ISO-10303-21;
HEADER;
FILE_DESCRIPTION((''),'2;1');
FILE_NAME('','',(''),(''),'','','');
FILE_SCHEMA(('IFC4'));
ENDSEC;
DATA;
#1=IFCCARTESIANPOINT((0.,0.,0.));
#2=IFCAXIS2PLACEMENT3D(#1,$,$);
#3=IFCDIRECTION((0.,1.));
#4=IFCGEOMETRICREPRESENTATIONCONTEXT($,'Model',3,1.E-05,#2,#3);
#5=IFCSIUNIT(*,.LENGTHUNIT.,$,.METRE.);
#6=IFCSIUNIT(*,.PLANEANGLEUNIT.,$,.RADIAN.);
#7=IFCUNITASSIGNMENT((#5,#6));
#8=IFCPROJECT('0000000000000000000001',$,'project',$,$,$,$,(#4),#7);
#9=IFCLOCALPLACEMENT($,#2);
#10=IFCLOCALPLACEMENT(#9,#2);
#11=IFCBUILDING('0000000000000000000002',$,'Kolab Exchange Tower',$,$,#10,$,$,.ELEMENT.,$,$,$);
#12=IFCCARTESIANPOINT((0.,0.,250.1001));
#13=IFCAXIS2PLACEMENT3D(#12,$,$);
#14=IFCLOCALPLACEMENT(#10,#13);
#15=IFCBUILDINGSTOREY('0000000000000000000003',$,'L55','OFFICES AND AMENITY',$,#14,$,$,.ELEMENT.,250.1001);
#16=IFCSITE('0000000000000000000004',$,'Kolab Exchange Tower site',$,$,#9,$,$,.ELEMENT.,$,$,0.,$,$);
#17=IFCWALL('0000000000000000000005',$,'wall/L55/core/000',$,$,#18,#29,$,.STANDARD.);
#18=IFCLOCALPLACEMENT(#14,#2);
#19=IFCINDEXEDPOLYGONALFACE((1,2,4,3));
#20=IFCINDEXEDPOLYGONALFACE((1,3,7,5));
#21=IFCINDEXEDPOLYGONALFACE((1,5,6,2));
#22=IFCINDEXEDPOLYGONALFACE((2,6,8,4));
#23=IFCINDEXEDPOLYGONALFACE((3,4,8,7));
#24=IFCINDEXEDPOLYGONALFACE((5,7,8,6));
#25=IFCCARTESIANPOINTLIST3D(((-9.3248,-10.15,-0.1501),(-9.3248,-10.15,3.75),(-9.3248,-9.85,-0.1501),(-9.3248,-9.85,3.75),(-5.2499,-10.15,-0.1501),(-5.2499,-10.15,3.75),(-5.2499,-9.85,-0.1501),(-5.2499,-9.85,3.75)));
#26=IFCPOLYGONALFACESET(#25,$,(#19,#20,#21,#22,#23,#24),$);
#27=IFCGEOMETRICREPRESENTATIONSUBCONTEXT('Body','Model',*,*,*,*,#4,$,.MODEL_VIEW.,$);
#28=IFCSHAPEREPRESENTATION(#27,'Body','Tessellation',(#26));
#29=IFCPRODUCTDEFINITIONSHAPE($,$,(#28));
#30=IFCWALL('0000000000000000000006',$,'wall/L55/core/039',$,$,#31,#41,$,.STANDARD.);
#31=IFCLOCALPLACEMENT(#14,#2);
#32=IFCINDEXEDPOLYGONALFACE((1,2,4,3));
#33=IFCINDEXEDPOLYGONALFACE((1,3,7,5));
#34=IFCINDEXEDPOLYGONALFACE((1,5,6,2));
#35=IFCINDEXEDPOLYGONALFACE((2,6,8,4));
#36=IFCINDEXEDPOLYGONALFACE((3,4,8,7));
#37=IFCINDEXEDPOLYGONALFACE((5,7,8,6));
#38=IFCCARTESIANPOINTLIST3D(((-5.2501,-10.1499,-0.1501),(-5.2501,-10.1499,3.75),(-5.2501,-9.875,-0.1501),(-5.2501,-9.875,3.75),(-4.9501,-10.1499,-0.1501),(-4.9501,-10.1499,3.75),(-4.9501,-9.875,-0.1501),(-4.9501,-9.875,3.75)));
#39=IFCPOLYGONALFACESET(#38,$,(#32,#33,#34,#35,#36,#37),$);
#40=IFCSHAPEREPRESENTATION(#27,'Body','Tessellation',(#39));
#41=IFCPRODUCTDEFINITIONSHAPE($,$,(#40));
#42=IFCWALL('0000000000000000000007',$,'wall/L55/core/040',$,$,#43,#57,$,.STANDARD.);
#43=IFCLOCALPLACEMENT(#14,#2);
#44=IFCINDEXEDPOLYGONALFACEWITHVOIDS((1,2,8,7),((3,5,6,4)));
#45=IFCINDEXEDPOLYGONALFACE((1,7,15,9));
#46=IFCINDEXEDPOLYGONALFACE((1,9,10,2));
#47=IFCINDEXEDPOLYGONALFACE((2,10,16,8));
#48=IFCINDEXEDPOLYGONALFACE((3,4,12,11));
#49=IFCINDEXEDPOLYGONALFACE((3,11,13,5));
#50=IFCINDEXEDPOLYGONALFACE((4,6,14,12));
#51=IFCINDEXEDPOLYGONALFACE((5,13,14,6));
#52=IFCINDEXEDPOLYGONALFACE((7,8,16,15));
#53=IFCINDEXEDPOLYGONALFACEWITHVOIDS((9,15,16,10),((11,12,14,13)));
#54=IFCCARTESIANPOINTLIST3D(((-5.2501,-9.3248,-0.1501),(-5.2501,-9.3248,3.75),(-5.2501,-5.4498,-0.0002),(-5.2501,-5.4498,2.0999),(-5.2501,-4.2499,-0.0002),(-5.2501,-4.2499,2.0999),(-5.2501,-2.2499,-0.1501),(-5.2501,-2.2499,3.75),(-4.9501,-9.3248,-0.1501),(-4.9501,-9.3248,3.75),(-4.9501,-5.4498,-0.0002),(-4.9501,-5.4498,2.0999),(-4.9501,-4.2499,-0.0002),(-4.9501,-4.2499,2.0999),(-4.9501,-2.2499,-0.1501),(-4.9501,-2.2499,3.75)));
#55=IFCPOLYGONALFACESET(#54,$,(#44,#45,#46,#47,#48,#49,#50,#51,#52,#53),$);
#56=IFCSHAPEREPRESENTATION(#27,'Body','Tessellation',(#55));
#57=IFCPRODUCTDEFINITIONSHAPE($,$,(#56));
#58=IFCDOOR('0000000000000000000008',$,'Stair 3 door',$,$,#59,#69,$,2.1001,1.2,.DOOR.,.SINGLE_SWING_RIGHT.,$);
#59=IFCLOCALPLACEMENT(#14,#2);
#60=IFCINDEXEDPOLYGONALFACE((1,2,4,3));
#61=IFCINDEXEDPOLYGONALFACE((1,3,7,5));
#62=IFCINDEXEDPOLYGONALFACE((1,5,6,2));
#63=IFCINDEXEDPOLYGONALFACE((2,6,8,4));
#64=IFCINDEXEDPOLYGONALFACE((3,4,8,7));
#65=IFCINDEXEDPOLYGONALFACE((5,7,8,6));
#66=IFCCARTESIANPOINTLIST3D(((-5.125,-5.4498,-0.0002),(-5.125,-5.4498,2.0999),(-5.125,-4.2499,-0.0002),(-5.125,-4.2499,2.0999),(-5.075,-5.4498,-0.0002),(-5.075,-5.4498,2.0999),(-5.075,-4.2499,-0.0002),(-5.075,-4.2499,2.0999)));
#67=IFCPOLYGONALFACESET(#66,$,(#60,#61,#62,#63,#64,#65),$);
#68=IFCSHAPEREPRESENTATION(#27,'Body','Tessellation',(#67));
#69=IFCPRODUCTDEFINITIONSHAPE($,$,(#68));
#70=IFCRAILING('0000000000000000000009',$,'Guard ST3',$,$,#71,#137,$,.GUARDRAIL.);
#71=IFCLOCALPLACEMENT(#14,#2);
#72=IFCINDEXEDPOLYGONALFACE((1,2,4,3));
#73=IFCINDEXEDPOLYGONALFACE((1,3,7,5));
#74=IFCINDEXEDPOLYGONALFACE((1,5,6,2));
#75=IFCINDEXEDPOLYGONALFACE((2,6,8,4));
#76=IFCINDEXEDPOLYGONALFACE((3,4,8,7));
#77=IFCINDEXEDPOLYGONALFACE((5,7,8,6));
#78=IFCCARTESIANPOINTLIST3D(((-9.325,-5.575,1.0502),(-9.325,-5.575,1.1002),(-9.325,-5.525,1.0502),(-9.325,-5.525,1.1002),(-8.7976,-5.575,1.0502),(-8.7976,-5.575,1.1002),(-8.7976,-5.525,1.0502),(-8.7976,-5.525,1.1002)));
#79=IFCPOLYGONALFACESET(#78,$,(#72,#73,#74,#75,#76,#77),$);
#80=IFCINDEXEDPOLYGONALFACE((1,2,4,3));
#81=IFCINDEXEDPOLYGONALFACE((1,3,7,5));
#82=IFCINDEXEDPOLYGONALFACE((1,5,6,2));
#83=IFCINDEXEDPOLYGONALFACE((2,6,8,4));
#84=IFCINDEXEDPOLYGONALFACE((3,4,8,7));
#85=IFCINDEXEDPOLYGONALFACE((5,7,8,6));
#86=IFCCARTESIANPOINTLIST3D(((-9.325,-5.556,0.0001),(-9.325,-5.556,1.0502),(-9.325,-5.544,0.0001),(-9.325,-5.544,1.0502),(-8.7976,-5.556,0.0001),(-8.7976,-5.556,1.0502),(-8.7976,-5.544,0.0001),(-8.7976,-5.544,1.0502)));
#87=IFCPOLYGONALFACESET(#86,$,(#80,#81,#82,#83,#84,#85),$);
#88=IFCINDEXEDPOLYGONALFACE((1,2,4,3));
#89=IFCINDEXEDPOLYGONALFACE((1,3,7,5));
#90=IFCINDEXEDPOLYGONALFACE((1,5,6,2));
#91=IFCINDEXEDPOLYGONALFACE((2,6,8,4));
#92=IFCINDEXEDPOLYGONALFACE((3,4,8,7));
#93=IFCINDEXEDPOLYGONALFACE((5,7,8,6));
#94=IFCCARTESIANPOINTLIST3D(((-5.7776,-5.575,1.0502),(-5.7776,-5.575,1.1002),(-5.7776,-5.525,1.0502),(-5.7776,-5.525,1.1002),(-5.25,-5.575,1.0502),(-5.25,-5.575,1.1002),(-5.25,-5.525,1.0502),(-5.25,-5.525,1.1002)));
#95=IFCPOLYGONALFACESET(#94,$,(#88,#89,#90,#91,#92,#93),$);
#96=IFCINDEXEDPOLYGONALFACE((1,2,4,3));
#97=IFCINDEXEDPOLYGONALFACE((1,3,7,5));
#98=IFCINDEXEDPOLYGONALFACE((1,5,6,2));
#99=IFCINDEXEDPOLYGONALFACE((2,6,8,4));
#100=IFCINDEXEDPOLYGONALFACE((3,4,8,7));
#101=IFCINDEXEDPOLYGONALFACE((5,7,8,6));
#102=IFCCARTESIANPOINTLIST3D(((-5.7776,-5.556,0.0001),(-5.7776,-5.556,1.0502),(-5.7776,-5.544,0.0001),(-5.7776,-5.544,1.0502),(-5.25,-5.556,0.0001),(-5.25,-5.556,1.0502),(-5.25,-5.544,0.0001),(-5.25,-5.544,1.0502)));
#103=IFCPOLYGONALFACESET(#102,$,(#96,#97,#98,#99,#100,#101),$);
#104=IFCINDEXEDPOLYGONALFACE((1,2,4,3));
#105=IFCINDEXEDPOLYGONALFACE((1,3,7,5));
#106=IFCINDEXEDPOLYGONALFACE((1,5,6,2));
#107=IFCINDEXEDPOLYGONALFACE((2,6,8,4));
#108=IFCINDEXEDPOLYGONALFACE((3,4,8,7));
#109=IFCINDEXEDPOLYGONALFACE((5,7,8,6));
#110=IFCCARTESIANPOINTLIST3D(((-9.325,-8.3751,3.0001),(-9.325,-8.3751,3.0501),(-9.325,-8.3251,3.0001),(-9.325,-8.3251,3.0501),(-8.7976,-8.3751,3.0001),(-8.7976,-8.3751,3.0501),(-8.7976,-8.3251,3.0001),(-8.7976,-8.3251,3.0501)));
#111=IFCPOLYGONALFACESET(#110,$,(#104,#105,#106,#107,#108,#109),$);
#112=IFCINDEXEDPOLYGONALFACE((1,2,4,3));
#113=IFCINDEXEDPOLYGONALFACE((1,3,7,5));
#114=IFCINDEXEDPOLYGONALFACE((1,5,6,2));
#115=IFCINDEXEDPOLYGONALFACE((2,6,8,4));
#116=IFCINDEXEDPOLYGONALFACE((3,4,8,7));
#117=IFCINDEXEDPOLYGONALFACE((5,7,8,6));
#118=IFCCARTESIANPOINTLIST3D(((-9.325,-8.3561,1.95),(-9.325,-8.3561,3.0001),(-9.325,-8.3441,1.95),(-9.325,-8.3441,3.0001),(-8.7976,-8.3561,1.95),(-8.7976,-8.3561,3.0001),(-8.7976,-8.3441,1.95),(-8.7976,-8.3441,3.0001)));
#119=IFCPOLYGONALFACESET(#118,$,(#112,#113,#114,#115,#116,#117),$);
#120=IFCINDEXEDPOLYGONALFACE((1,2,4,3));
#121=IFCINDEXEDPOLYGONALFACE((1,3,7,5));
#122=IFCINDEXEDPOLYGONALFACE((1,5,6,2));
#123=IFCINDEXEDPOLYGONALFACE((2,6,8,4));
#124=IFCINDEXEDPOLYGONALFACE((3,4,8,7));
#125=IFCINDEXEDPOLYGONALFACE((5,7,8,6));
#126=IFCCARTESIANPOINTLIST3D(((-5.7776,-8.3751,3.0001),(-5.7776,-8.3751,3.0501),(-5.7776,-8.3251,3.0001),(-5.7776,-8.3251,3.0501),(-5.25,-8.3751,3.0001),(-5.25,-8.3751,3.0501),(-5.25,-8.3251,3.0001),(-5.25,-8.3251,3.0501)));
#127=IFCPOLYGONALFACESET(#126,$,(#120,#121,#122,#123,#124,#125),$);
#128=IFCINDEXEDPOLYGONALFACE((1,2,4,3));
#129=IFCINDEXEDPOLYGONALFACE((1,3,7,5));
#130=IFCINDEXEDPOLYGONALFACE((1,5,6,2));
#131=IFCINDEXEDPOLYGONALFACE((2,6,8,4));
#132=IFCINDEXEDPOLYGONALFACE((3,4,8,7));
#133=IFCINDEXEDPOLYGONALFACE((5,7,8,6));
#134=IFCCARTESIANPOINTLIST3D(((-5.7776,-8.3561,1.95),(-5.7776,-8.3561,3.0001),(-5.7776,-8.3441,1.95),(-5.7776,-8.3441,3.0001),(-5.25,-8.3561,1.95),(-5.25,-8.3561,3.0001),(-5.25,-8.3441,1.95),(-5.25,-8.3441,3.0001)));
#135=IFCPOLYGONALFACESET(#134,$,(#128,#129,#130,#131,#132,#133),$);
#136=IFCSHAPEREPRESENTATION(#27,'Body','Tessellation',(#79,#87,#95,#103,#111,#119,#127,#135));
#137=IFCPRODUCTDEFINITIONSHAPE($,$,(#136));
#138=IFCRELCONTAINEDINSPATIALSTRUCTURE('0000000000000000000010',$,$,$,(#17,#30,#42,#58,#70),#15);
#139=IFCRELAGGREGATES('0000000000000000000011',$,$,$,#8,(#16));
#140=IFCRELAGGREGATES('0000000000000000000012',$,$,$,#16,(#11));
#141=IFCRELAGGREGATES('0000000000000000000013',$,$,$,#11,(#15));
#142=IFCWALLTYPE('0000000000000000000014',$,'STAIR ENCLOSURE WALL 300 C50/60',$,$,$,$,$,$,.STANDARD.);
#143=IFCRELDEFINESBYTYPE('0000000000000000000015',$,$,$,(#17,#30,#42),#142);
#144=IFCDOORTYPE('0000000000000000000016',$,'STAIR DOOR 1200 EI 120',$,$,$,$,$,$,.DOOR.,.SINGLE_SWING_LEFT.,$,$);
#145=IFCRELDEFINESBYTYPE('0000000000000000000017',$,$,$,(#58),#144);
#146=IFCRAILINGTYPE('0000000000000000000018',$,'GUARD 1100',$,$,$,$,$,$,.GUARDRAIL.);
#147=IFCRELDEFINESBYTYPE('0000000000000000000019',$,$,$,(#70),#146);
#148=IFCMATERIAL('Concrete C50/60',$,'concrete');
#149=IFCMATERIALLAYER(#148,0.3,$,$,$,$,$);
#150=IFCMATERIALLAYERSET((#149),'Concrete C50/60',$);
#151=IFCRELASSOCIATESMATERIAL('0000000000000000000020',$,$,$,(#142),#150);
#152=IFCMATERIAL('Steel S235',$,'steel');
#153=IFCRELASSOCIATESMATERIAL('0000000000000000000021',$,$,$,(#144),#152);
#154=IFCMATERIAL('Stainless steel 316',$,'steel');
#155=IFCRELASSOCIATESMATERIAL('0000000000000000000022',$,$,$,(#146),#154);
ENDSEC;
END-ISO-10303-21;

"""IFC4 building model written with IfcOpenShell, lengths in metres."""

from ifc_helpers import new_model, si_unit, direction, frame, frame_2d, origin, origin_2d, place, context, subcontext, project, spatial, rectangle, extrude, material, layer, layer_set, type_object, element, fill, save


model = new_model("IFC4")

# Units and contexts
model_context = context("Model", 3, precision=1e-05, world=origin(), true_north=direction((0.0, 1.0)))
body_context = subcontext(model_context, "Body", "Model", "MODEL_VIEW")
ifc_project = project(units=[si_unit("LENGTHUNIT", "METRE"), si_unit("PLANEANGLEUNIT", "RADIAN")], contexts=[model_context])

# Site, building, storey
site_placement = place(None, origin())
site = spatial("IfcSite", under=ifc_project, at=site_placement, Name="Kolab Exchange Tower site", CompositionType="ELEMENT", RefElevation=0.0)
building_placement = place(site_placement, origin())
building = spatial("IfcBuilding", under=site, at=building_placement, Name="Kolab Exchange Tower", CompositionType="ELEMENT")
storey_placement = place(building_placement, frame((0.0, 0.0, 250.1001)))
storey = spatial("IfcBuildingStorey", under=building, at=storey_placement, Name="L55", Description="OFFICES AND AMENITY", CompositionType="ELEMENT", Elevation=250.1001)

# Shared definitions
ifc_material_1 = material(Name="Concrete C50/60", Category="concrete")
ifc_material_2 = material(Name="Steel S235", Category="steel")

# Shared definitions
ifc_material_3 = material(Name="Stainless steel 316", Category="steel")

# Walls
ifc_layer_1 = layer(ifc_material_1, 0.3)
ifc_layer_set_1 = layer_set([ifc_layer_1], Name="Concrete C50/60")
wall_type_1 = type_object("IfcWallType", Name="STAIR ENCLOSURE WALL 300 C50/60", PredefinedType="STANDARD", material=ifc_layer_set_1)
wall_1_placement = place(storey_placement, frame((-9.325, -10.0, -0.1501), z_axis=(0.0, 0.0, 1.0), x_axis=(1.0, 0.0, 0.0)))
element("IfcWall", 1, at=wall_1_placement, inside=storey, type_object=wall_type_1, Name="wall/L55/core/000", PredefinedType="STANDARD", context=body_context, shape_type="SweptSolid", body=[
    extrude(rectangle(XDim=4.075, YDim=0.3, at=frame_2d((2.0376, 0.0))), origin(), (0.0, 0.0, 1.0), 3.9001),
])
wall_2_placement = place(storey_placement, frame((-5.1001, -10.1499, -0.1501), z_axis=(0.0, 0.0, 1.0), x_axis=(0.0, 1.0, 0.0)))
element("IfcWall", 2, at=wall_2_placement, inside=storey, type_object=wall_type_1, Name="wall/L55/core/039", PredefinedType="STANDARD", context=body_context, shape_type="SweptSolid", body=[
    extrude(rectangle(XDim=0.2749, YDim=0.3, at=frame_2d((0.1375, 0.0))), origin(), (0.0, 0.0, 1.0), 3.9001),
])

# Wall, opening, door
wall_3_placement = place(storey_placement, frame((-5.1001, -9.325, -0.1501), z_axis=(0.0, 0.0, 1.0), x_axis=(0.0, 1.0, 0.0)))
wall_3 = element("IfcWall", 3, at=wall_3_placement, inside=storey, type_object=wall_type_1, Name="wall/L55/core/040", PredefinedType="STANDARD", context=body_context, shape_type="SweptSolid", body=[
    extrude(rectangle(XDim=7.075, YDim=0.3, at=frame_2d((3.5376, 0.0))), origin(), (0.0, 0.0, 1.0), 3.9001),
])
opening_1_placement = place(wall_3_placement, frame((3.875, 0.0, 0.1499)))
opening_1 = element("IfcOpeningElement", 4, at=opening_1_placement, cuts=wall_3, PredefinedType="OPENING", context=body_context, shape_type="SweptSolid", body=[
    extrude(rectangle(XDim=1.2, YDim=2.1001, at=frame_2d((0.6001, 1.05))), frame((0.0, 0.1602, 0.0), z_axis=(0.0, -1.0, 0.0), x_axis=(1.0, 0.0, 0.0)), (0.0, 0.0, 1.0), 0.3201),
])
door_type_1 = type_object("IfcDoorType", Name="STAIR DOOR 1200 EI 120", OperationType="SINGLE_SWING_LEFT", PredefinedType="DOOR", material=ifc_material_2)
door_1_placement = place(opening_1_placement, origin())
door_1 = element("IfcDoor", 5, at=door_1_placement, inside=storey, type_object=door_type_1, Name="Stair 3 door", OperationType="SINGLE_SWING_RIGHT", OverallHeight=2.1001, OverallWidth=1.2, PredefinedType="DOOR", context=body_context, shape_type="SweptSolid", body=[
    extrude(rectangle(XDim=1.2, YDim=2.1001, at=frame_2d((0.6001, 1.05))), frame((0.0, 0.0249, 0.0), z_axis=(0.0, -1.0, 0.0), x_axis=(1.0, 0.0, 0.0)), (0.0, 0.0, 1.0), 0.05),
])
fill(opening_1, door_1)

# Railing
railing_type = type_object("IfcRailingType", Name="GUARD 1100", PredefinedType="GUARDRAIL", material=ifc_material_3)
railing_placement = place(storey_placement, frame((-9.325, -5.55, 0.0)))
element("IfcRailing", 6, at=railing_placement, inside=storey, type_object=railing_type, Name="Guard ST3", PredefinedType="GUARDRAIL", context=body_context, shape_type="SweptSolid", body=[
    extrude(rectangle(XDim=0.05, YDim=0.05, at=origin_2d()), frame((0.0, 0.0, 1.0752), z_axis=(1.0, 0.0, 0.0), x_axis=(0.0, 1.0, 0.0)), (0.0, 0.0, 1.0), 0.5273),
    extrude(rectangle(XDim=0.012, YDim=1.0501, at=frame_2d((0.0, 0.5251))), frame((0.0, 0.0, 0.0), z_axis=(1.0, 0.0, 0.0), x_axis=(0.0, 1.0, 0.0)), (0.0, 0.0, 1.0), 0.5273),
    extrude(rectangle(XDim=0.05, YDim=0.05, at=origin_2d()), frame((3.5474, 0.0, 1.0752), z_axis=(1.0, 0.0, 0.0), x_axis=(0.0, 1.0, 0.0)), (0.0, 0.0, 1.0), 0.5276),
    extrude(rectangle(XDim=0.012, YDim=1.0501, at=frame_2d((0.0, 0.5251))), frame((3.5474, 0.0, 0.0), z_axis=(1.0, 0.0, 0.0), x_axis=(0.0, 1.0, 0.0)), (0.0, 0.0, 1.0), 0.5276),
    extrude(rectangle(XDim=0.05, YDim=0.05, at=origin_2d()), frame((0.0, -2.8, 3.0251), z_axis=(1.0, 0.0, 0.0), x_axis=(0.0, 1.0, 0.0)), (0.0, 0.0, 1.0), 0.5273),
    extrude(rectangle(XDim=0.012, YDim=1.0501, at=frame_2d((0.0, 0.5251))), frame((0.0, -2.8, 1.95), z_axis=(1.0, 0.0, 0.0), x_axis=(0.0, 1.0, 0.0)), (0.0, 0.0, 1.0), 0.5273),
    extrude(rectangle(XDim=0.05, YDim=0.05, at=origin_2d()), frame((3.5474, -2.8, 3.0251), z_axis=(1.0, 0.0, 0.0), x_axis=(0.0, 1.0, 0.0)), (0.0, 0.0, 1.0), 0.5276),
    extrude(rectangle(XDim=0.012, YDim=1.0501, at=frame_2d((0.0, 0.5251))), frame((3.5474, -2.8, 1.95), z_axis=(1.0, 0.0, 0.0), x_axis=(0.0, 1.0, 0.0)), (0.0, 0.0, 1.0), 0.5276),
])

save(model, "model.ifc")
